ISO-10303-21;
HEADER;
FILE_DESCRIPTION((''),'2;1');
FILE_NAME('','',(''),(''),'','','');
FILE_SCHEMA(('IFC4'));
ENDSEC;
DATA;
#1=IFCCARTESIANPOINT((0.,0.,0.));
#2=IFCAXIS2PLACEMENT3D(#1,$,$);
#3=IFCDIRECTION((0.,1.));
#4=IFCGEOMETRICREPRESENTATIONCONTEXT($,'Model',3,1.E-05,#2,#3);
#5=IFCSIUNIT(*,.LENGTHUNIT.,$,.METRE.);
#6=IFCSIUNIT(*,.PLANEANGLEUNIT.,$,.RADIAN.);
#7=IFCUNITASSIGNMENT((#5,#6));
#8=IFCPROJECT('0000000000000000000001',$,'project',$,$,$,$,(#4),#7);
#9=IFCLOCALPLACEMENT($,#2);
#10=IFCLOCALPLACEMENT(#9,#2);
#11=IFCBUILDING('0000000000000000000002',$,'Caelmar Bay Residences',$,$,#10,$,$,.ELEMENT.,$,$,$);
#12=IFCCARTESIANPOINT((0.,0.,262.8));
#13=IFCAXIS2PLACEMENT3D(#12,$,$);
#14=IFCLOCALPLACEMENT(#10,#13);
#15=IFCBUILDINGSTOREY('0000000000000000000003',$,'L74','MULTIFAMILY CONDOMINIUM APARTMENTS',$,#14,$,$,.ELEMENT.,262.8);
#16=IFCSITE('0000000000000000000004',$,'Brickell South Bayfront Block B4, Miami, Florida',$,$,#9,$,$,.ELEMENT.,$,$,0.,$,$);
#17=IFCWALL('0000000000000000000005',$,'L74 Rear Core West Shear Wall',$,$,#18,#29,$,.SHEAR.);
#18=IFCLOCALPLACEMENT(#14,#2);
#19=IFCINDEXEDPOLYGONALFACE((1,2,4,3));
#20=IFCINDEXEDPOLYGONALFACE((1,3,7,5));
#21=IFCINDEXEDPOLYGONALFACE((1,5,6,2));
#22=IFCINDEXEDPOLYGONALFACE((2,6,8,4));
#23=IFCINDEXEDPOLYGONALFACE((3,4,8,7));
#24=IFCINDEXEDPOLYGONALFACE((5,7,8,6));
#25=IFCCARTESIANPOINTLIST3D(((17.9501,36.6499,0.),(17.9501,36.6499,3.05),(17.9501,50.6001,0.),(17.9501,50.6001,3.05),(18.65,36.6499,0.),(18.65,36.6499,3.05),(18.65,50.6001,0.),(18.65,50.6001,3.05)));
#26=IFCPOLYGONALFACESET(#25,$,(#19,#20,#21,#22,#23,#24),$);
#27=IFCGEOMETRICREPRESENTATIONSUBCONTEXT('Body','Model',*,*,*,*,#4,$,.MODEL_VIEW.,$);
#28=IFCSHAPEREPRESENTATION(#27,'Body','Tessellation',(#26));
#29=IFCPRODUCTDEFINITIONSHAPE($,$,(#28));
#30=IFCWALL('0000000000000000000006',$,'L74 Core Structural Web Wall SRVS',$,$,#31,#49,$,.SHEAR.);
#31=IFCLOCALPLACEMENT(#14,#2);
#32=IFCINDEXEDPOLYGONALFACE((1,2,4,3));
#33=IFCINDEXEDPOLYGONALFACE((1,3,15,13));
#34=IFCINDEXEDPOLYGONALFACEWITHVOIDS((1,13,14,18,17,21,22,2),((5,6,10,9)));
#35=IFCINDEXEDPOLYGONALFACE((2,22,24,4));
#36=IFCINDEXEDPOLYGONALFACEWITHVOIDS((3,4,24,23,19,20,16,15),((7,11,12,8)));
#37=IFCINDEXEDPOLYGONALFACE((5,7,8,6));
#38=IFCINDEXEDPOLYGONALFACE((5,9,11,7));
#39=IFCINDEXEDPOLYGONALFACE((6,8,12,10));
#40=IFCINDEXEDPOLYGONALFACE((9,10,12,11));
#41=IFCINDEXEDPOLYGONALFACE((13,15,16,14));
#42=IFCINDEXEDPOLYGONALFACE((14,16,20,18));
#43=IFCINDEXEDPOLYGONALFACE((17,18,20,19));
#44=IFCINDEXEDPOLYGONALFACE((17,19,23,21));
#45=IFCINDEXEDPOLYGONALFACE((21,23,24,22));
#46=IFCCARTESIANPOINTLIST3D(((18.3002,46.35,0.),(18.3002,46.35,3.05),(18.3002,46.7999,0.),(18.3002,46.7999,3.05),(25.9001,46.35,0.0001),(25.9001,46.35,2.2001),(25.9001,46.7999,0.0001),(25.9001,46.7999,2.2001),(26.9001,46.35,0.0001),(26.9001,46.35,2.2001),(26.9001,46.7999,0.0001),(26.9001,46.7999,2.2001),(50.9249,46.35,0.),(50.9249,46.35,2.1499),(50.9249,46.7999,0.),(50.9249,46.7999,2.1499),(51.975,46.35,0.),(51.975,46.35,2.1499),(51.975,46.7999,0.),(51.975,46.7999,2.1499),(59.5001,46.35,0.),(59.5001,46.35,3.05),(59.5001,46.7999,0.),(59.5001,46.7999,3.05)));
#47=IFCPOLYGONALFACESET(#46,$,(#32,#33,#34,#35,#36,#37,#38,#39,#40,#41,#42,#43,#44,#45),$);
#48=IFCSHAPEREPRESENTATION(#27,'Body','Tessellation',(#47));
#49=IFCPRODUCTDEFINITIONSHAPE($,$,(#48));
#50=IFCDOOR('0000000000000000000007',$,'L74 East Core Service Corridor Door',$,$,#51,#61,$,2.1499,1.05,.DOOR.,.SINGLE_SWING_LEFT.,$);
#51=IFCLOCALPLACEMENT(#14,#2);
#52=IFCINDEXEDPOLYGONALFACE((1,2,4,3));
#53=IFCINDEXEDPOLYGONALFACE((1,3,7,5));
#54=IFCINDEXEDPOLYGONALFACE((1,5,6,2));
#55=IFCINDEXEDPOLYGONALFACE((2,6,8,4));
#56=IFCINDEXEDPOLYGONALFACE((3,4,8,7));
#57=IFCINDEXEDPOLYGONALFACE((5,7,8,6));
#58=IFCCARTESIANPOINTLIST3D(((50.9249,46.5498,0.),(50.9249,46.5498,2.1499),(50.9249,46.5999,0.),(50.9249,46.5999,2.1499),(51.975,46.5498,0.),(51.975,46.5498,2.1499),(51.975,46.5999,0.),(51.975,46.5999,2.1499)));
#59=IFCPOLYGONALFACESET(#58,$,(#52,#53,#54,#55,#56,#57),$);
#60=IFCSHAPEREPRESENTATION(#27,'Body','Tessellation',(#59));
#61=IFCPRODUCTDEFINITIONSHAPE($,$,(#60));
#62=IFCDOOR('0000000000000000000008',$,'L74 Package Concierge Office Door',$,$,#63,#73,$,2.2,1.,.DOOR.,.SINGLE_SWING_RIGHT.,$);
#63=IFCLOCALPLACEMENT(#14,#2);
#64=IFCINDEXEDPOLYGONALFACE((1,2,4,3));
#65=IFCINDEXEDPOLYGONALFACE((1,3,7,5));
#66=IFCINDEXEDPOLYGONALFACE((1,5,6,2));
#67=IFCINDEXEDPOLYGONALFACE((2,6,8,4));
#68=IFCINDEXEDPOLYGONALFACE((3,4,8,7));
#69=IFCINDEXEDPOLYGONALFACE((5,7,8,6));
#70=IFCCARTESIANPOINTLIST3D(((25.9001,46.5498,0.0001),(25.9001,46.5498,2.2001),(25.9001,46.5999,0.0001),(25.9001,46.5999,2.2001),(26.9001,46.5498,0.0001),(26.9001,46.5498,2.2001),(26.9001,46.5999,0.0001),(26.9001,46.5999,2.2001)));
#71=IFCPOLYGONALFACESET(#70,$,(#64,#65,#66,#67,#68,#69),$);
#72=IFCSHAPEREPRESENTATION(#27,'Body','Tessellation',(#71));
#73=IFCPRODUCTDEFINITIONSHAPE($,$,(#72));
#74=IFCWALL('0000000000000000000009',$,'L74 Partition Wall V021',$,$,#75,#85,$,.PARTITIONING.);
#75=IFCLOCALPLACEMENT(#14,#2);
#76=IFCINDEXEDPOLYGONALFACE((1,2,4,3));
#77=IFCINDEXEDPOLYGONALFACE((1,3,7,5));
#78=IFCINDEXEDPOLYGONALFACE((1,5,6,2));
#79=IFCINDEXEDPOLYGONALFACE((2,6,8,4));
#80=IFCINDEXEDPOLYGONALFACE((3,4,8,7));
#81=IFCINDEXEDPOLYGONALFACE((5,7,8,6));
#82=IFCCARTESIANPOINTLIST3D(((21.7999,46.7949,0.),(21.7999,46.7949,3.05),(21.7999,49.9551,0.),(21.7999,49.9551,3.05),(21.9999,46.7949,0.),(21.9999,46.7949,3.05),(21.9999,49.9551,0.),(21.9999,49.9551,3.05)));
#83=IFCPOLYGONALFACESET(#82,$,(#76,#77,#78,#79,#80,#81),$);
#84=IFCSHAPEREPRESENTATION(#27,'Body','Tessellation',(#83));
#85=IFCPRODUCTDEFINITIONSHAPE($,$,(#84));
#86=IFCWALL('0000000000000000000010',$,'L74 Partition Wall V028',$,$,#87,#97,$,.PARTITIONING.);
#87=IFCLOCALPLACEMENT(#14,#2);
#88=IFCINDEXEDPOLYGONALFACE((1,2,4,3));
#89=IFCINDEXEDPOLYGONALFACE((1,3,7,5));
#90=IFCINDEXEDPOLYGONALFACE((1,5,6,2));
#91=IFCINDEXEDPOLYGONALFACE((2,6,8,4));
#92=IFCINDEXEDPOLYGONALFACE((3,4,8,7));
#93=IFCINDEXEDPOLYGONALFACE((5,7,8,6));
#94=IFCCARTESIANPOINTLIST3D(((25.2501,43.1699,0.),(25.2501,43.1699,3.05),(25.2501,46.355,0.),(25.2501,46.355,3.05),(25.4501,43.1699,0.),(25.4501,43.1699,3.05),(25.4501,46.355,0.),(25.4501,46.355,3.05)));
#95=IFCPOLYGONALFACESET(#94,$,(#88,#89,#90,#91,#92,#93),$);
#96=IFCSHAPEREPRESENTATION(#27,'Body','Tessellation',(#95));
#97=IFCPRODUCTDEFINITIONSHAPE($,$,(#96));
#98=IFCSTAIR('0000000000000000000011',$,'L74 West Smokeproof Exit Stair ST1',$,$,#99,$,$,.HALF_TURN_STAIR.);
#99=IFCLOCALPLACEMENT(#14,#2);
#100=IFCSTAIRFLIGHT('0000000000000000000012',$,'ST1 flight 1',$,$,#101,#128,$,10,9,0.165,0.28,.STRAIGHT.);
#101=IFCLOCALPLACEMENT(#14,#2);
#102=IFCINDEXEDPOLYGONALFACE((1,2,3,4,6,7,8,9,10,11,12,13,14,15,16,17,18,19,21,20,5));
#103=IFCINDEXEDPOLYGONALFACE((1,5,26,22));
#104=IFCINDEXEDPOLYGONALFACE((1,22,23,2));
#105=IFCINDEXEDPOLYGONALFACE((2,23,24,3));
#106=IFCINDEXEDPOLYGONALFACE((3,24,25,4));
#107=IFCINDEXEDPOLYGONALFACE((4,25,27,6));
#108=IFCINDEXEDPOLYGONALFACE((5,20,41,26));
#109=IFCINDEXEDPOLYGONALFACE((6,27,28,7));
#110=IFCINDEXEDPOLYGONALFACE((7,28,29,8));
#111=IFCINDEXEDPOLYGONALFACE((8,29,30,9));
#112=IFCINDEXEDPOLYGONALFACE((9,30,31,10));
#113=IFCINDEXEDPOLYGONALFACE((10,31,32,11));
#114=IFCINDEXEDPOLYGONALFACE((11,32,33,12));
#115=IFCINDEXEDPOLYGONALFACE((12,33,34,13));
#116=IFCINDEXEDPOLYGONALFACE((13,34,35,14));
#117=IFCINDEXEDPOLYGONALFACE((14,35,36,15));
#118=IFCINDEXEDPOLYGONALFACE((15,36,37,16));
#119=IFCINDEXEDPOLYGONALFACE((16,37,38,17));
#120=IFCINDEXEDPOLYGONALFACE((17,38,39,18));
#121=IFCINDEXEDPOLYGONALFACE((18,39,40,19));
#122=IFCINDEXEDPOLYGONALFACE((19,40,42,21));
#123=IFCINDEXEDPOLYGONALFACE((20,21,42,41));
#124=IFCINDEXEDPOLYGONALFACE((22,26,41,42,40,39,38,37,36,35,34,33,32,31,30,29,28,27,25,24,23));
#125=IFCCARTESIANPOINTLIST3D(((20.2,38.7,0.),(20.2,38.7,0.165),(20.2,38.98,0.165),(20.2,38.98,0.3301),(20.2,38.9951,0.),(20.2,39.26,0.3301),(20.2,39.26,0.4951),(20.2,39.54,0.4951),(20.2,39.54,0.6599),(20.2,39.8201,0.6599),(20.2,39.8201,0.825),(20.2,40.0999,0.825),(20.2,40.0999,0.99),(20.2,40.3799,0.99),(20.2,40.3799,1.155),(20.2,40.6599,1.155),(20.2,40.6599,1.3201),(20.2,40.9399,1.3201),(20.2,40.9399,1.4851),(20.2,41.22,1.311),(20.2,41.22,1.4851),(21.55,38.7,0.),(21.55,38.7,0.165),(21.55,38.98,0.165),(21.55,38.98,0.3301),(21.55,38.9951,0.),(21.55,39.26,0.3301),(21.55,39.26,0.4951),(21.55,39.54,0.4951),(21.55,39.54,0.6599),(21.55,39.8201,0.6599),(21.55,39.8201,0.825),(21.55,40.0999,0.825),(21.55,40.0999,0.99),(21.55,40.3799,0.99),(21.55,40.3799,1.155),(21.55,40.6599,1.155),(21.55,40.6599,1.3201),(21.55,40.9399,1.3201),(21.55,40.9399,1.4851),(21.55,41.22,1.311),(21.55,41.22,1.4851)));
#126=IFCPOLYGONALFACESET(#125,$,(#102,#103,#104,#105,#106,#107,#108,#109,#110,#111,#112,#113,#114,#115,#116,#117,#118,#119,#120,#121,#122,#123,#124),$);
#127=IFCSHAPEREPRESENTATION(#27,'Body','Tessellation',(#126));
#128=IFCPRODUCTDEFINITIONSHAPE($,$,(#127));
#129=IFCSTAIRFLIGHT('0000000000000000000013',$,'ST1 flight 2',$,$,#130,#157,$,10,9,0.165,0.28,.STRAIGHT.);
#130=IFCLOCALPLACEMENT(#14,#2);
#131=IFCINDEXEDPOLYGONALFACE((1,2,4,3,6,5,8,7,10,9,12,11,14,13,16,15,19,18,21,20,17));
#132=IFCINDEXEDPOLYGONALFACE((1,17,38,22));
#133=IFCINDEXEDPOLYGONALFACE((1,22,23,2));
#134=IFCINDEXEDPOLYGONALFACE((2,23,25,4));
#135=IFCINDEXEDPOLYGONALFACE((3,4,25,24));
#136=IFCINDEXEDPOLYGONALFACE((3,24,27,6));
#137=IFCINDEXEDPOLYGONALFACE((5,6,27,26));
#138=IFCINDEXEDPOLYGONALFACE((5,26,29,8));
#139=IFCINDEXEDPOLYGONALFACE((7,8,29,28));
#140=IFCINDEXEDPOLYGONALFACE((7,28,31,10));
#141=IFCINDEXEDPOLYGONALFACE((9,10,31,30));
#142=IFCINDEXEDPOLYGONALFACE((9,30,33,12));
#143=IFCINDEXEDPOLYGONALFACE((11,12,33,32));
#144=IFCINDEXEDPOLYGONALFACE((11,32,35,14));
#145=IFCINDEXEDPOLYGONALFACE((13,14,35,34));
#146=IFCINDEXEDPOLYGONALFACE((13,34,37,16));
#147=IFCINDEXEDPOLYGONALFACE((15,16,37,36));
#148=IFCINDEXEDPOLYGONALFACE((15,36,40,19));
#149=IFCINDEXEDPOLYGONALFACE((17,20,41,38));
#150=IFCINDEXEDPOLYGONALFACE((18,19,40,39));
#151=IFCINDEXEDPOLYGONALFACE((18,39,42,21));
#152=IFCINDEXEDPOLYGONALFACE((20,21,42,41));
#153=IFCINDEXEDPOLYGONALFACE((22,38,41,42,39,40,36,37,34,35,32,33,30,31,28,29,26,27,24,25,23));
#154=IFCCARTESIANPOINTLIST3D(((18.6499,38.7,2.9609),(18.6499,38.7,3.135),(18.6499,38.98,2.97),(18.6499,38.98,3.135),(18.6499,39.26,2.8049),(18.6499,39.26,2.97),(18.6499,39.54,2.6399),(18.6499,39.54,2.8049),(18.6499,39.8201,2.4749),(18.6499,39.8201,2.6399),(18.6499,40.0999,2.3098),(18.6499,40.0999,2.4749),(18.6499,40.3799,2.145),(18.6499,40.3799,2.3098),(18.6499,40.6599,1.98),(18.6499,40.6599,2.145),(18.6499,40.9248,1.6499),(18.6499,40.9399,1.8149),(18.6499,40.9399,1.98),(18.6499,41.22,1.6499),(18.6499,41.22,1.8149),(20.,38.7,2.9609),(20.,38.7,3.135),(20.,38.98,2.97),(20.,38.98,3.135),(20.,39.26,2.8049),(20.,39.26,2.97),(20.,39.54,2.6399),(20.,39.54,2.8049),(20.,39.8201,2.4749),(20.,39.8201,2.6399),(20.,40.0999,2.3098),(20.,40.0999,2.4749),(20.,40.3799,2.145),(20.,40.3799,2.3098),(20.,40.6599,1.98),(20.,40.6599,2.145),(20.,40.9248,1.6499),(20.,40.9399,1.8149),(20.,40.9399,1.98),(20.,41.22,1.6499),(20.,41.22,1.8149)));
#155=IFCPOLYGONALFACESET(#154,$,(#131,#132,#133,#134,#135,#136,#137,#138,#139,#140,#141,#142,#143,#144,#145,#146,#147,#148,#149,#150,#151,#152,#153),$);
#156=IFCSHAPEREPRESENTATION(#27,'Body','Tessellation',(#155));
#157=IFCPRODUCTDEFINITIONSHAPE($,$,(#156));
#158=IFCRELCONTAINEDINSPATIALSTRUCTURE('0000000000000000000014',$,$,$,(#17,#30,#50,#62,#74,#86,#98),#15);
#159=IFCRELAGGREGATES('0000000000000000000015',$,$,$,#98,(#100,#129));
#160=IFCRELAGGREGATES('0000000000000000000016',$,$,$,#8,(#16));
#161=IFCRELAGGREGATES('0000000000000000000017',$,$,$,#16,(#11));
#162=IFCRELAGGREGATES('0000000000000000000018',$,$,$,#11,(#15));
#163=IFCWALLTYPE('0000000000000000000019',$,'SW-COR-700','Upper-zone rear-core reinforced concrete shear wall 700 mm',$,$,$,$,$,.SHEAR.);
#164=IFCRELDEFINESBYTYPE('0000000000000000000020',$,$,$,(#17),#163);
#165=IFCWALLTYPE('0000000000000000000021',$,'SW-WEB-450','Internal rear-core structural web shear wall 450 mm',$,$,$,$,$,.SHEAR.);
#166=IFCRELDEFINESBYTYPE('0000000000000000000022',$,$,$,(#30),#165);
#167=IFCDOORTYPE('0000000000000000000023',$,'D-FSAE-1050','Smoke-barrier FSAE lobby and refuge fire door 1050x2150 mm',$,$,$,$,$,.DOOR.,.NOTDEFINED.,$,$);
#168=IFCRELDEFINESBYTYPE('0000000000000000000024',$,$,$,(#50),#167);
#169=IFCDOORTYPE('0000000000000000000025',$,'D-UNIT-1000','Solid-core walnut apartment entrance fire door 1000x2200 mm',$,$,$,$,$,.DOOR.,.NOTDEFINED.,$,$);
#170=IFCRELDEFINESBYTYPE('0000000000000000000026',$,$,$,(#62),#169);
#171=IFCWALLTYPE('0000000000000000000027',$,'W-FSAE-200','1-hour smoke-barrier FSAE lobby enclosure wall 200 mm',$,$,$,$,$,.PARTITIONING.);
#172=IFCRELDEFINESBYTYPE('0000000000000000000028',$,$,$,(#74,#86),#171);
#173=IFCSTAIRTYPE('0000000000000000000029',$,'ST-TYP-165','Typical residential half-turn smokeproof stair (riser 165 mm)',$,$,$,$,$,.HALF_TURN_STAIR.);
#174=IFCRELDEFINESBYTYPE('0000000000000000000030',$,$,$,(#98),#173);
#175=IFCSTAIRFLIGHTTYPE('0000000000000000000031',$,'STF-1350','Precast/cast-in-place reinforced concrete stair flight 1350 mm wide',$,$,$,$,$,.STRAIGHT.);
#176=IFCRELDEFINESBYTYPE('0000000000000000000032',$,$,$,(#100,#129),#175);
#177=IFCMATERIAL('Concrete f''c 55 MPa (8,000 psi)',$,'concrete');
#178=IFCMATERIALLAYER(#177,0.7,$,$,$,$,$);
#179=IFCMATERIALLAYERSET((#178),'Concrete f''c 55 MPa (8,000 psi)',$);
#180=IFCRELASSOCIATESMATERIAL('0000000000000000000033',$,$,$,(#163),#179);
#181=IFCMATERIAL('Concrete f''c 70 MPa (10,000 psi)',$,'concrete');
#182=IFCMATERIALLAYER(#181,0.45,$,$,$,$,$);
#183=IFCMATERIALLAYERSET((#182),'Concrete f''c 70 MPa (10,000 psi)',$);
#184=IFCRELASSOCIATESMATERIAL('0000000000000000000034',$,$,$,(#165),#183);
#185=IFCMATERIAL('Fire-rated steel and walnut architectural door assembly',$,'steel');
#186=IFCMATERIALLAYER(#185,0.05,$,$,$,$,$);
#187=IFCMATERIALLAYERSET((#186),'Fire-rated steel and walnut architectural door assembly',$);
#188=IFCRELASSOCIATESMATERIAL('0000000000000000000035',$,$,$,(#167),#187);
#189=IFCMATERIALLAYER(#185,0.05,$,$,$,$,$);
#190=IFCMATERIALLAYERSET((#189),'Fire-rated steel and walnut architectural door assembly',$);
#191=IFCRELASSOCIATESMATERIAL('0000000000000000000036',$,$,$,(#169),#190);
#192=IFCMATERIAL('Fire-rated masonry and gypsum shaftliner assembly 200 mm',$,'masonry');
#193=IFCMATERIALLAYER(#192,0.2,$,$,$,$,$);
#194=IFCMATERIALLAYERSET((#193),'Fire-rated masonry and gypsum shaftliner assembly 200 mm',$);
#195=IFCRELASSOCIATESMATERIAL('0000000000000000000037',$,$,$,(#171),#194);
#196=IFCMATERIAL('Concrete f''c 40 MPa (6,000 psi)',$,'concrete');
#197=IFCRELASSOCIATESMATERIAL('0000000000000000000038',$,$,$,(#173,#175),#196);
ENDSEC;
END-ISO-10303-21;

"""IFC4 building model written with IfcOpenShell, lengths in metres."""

from ifc_helpers import new_model, si_unit, direction, frame, frame_2d, origin, place, context, subcontext, project, spatial, polyline, rectangle, outline, extrude, material, layer, layer_set, type_object, element, fill, aggregate, save


model = new_model("IFC4")

# Units and contexts
model_context = context("Model", 3, precision=1e-05, world=origin(), true_north=direction((0.0, 1.0)))
body_context = subcontext(model_context, "Body", "Model", "MODEL_VIEW")
ifc_project = project(units=[si_unit("LENGTHUNIT", "METRE"), si_unit("PLANEANGLEUNIT", "RADIAN")], contexts=[model_context])

# Site, building, storey
site_placement = place(None, origin())
site = spatial("IfcSite", under=ifc_project, at=site_placement, Name="Brickell South Bayfront Block B4, Miami, Florida", CompositionType="ELEMENT", RefElevation=0.0)
building_placement = place(site_placement, origin())
building = spatial("IfcBuilding", under=site, at=building_placement, Name="Caelmar Bay Residences", CompositionType="ELEMENT")
storey_placement = place(building_placement, frame((0.0, 0.0, 262.8)))
storey = spatial("IfcBuildingStorey", under=building, at=storey_placement, Name="L74", Description="MULTIFAMILY CONDOMINIUM APARTMENTS", CompositionType="ELEMENT", Elevation=262.8)

# Wall
ifc_material_1 = material(Name="Concrete f'c 55 MPa (8,000 psi)", Category="concrete")
ifc_layer_1 = layer(ifc_material_1, 0.7)
ifc_layer_set_1 = layer_set([ifc_layer_1], Name="Concrete f'c 55 MPa (8,000 psi)")
wall_type_1 = type_object("IfcWallType", Name="SW-COR-700", Description="Upper-zone rear-core reinforced concrete shear wall 700 mm", PredefinedType="SHEAR", material=ifc_layer_set_1)
wall_1_placement = place(storey_placement, frame((18.3, 36.6499, 0.0), z_axis=(0.0, 0.0, 1.0), x_axis=(0.0, 1.0, 0.0)))
element("IfcWall", 1, at=wall_1_placement, inside=storey, type_object=wall_type_1, Name="L74 Rear Core West Shear Wall", PredefinedType="SHEAR", context=body_context, shape_type="SweptSolid", body=[
    extrude(rectangle(XDim=13.9502, YDim=0.7, at=frame_2d((6.9751, 0.0))), origin(), (0.0, 0.0, 1.0), 3.05),
])

# Shared definitions
ifc_material_2 = material(Name="Fire-rated steel and walnut architectural door assembly", Category="steel")

# Wall, openings, doors
ifc_material_3 = material(Name="Concrete f'c 70 MPa (10,000 psi)", Category="concrete")
ifc_layer_2 = layer(ifc_material_3, 0.45)
ifc_layer_set_2 = layer_set([ifc_layer_2], Name="Concrete f'c 70 MPa (10,000 psi)")
wall_type_2 = type_object("IfcWallType", Name="SW-WEB-450", Description="Internal rear-core structural web shear wall 450 mm", PredefinedType="SHEAR", material=ifc_layer_set_2)
ifc_layer_3 = layer(ifc_material_2, 0.05)
ifc_layer_set_3 = layer_set([ifc_layer_3], Name="Fire-rated steel and walnut architectural door assembly")
door_type_1 = type_object("IfcDoorType", Name="D-FSAE-1050", Description="Smoke-barrier FSAE lobby and refuge fire door 1050x2150 mm", OperationType="NOTDEFINED", PredefinedType="DOOR", material=ifc_layer_set_3)
ifc_layer_4 = layer(ifc_material_2, 0.05)
ifc_layer_set_4 = layer_set([ifc_layer_4], Name="Fire-rated steel and walnut architectural door assembly")
door_type_2 = type_object("IfcDoorType", Name="D-UNIT-1000", Description="Solid-core walnut apartment entrance fire door 1000x2200 mm", OperationType="NOTDEFINED", PredefinedType="DOOR", material=ifc_layer_set_4)
wall_2_placement = place(storey_placement, frame((18.3, 46.575, 0.0), z_axis=(0.0, 0.0, 1.0), x_axis=(1.0, 0.0, 0.0)))
wall_2 = element("IfcWall", 2, at=wall_2_placement, inside=storey, type_object=wall_type_2, Name="L74 Core Structural Web Wall SRVS", PredefinedType="SHEAR", context=body_context, shape_type="SweptSolid", body=[
    extrude(rectangle(XDim=41.2, YDim=0.45, at=frame_2d((20.6001, 0.0))), origin(), (0.0, 0.0, 1.0), 3.05),
])
opening_1_placement = place(wall_2_placement, frame((7.6001, 0.0, 0.0)))
opening_1 = element("IfcOpeningElement", 3, at=opening_1_placement, cuts=wall_2, PredefinedType="OPENING", context=body_context, shape_type="SweptSolid", body=[
    extrude(rectangle(XDim=1.0, YDim=2.2, at=frame_2d((0.5, 1.1001))), frame((0.0, 0.2349, 0.0), z_axis=(0.0, -1.0, 0.0), x_axis=(1.0, 0.0, 0.0)), (0.0, 0.0, 1.0), 0.47),
])
opening_2_placement = place(wall_2_placement, frame((32.625, 0.0, 0.0)))
opening_2 = element("IfcOpeningElement", 4, at=opening_2_placement, cuts=wall_2, PredefinedType="OPENING", context=body_context, shape_type="SweptSolid", body=[
    extrude(rectangle(XDim=1.05, YDim=2.1499, at=frame_2d((0.5249, 1.075))), frame((0.0, 0.2349, 0.0), z_axis=(0.0, -1.0, 0.0), x_axis=(1.0, 0.0, 0.0)), (0.0, 0.0, 1.0), 0.47),
])
door_1_placement = place(opening_2_placement, origin())
door_1 = element("IfcDoor", 5, at=door_1_placement, inside=storey, type_object=door_type_1, Name="L74 East Core Service Corridor Door", OperationType="SINGLE_SWING_LEFT", OverallHeight=2.1499, OverallWidth=1.05, PredefinedType="DOOR", context=body_context, shape_type="SweptSolid", body=[
    extrude(rectangle(XDim=1.05, YDim=2.1499, at=frame_2d((0.5249, 1.075))), frame((0.0, 0.0249, 0.0), z_axis=(0.0, -1.0, 0.0), x_axis=(1.0, 0.0, 0.0)), (0.0, 0.0, 1.0), 0.05),
])
fill(opening_2, door_1)
door_2_placement = place(opening_1_placement, origin())
door_2 = element("IfcDoor", 6, at=door_2_placement, inside=storey, type_object=door_type_2, Name="L74 Package Concierge Office Door", OperationType="SINGLE_SWING_RIGHT", OverallHeight=2.2, OverallWidth=1.0, PredefinedType="DOOR", context=body_context, shape_type="SweptSolid", body=[
    extrude(rectangle(XDim=1.0, YDim=2.2, at=frame_2d((0.5, 1.1001))), frame((0.0, 0.0249, 0.0), z_axis=(0.0, -1.0, 0.0), x_axis=(1.0, 0.0, 0.0)), (0.0, 0.0, 1.0), 0.05),
])
fill(opening_1, door_2)

# Walls
ifc_material_4 = material(Name="Fire-rated masonry and gypsum shaftliner assembly 200 mm", Category="masonry")
ifc_layer_5 = layer(ifc_material_4, 0.2)
ifc_layer_set_5 = layer_set([ifc_layer_5], Name="Fire-rated masonry and gypsum shaftliner assembly 200 mm")
wall_type_3 = type_object("IfcWallType", Name="W-FSAE-200", Description="1-hour smoke-barrier FSAE lobby enclosure wall 200 mm", PredefinedType="PARTITIONING", material=ifc_layer_set_5)
wall_3_placement = place(storey_placement, frame((21.8999, 46.7949, 0.0), z_axis=(0.0, 0.0, 1.0), x_axis=(0.0, 1.0, 0.0)))
element("IfcWall", 7, at=wall_3_placement, inside=storey, type_object=wall_type_3, Name="L74 Partition Wall V021", PredefinedType="PARTITIONING", context=body_context, shape_type="SweptSolid", body=[
    extrude(rectangle(XDim=3.1602, YDim=0.2, at=frame_2d((1.5801, 0.0))), origin(), (0.0, 0.0, 1.0), 3.05),
])
wall_4_placement = place(storey_placement, frame((25.3501, 43.1699, 0.0), z_axis=(0.0, 0.0, 1.0), x_axis=(0.0, 1.0, 0.0)))
element("IfcWall", 8, at=wall_4_placement, inside=storey, type_object=wall_type_3, Name="L74 Partition Wall V028", PredefinedType="PARTITIONING", context=body_context, shape_type="SweptSolid", body=[
    extrude(rectangle(XDim=3.1851, YDim=0.2, at=frame_2d((1.5925, 0.0))), origin(), (0.0, 0.0, 1.0), 3.05),
])

# Stair, stair flights
ifc_material_5 = material(Name="Concrete f'c 40 MPa (6,000 psi)", Category="concrete")
stair_type = type_object("IfcStairType", Name="ST-TYP-165", Description="Typical residential half-turn smokeproof stair (riser 165 mm)", PredefinedType="HALF_TURN_STAIR", material=ifc_material_5)
stair_placement = place(storey_placement, origin())
stair = element("IfcStair", 9, at=stair_placement, inside=storey, type_object=stair_type, Name="L74 West Smokeproof Exit Stair ST1", PredefinedType="HALF_TURN_STAIR")
stair_flight_type = type_object("IfcStairFlightType", Name="STF-1350", Description="Precast/cast-in-place reinforced concrete stair flight 1350 mm wide", PredefinedType="STRAIGHT", material=ifc_material_5)
stair_flight_1_placement = place(storey_placement, frame((20.875, 38.7, 0.0), z_axis=(0.0, 0.0, 1.0), x_axis=(0.0, 1.0, 0.0)))
stair_flight_1 = element("IfcStairFlight", 10, at=stair_flight_1_placement, type_object=stair_flight_type, Name="ST1 flight 1", NumberOfRisers=10, NumberOfTreads=9, PredefinedType="STRAIGHT", RiserHeight=0.165, TreadLength=0.28, context=body_context, shape_type="SweptSolid", body=[
    extrude(outline(polyline([(0.0, 0.0), (0.0, 0.165), (0.28, 0.165), (0.28, 0.3301), (0.5601, 0.3301), (0.5601, 0.4951), (0.8401, 0.4951), (0.8401, 0.6599), (1.1201, 0.6599), (1.1201, 0.825), (1.3999, 0.825), (1.3999, 0.99), (1.6799, 0.99), (1.6799, 1.155), (1.96, 1.155), (1.96, 1.3201), (2.24, 1.3201), (2.24, 1.4851), (2.52, 1.4851), (2.52, 1.6499), (2.52, 1.311), (0.2952, 0.0), (0.0, 0.0)])), frame((0.0, 0.675, 0.0), z_axis=(0.0, -1.0, 0.0), x_axis=(1.0, 0.0, 0.0)), (0.0, 0.0, 1.0), 1.3501),
])
stair_flight_2_placement = place(storey_placement, frame((19.325, 41.22, 1.6499), z_axis=(0.0, 0.0, 1.0), x_axis=(0.0, -1.0, 0.0)))
stair_flight_2 = element("IfcStairFlight", 11, at=stair_flight_2_placement, type_object=stair_flight_type, Name="ST1 flight 2", NumberOfRisers=10, NumberOfTreads=9, PredefinedType="STRAIGHT", RiserHeight=0.165, TreadLength=0.28, context=body_context, shape_type="SweptSolid", body=[
    extrude(outline(polyline([(0.0, 0.0), (0.0, 0.165), (0.28, 0.165), (0.28, 0.3301), (0.5601, 0.3301), (0.5601, 0.4951), (0.8401, 0.4951), (0.8401, 0.6599), (1.1201, 0.6599), (1.1201, 0.825), (1.3999, 0.825), (1.3999, 0.99), (1.6799, 0.99), (1.6799, 1.155), (1.96, 1.155), (1.96, 1.3201), (2.24, 1.3201), (2.24, 1.4851), (2.52, 1.4851), (2.52, 1.6499), (2.52, 1.311), (0.2952, 0.0), (0.0, 0.0)])), frame((0.0, 0.675, 0.0), z_axis=(0.0, -1.0, 0.0), x_axis=(1.0, 0.0, 0.0)), (0.0, 0.0, 1.0), 1.3501),
])
aggregate(stair, [stair_flight_1, stair_flight_2])

save(model, "model.ifc")
